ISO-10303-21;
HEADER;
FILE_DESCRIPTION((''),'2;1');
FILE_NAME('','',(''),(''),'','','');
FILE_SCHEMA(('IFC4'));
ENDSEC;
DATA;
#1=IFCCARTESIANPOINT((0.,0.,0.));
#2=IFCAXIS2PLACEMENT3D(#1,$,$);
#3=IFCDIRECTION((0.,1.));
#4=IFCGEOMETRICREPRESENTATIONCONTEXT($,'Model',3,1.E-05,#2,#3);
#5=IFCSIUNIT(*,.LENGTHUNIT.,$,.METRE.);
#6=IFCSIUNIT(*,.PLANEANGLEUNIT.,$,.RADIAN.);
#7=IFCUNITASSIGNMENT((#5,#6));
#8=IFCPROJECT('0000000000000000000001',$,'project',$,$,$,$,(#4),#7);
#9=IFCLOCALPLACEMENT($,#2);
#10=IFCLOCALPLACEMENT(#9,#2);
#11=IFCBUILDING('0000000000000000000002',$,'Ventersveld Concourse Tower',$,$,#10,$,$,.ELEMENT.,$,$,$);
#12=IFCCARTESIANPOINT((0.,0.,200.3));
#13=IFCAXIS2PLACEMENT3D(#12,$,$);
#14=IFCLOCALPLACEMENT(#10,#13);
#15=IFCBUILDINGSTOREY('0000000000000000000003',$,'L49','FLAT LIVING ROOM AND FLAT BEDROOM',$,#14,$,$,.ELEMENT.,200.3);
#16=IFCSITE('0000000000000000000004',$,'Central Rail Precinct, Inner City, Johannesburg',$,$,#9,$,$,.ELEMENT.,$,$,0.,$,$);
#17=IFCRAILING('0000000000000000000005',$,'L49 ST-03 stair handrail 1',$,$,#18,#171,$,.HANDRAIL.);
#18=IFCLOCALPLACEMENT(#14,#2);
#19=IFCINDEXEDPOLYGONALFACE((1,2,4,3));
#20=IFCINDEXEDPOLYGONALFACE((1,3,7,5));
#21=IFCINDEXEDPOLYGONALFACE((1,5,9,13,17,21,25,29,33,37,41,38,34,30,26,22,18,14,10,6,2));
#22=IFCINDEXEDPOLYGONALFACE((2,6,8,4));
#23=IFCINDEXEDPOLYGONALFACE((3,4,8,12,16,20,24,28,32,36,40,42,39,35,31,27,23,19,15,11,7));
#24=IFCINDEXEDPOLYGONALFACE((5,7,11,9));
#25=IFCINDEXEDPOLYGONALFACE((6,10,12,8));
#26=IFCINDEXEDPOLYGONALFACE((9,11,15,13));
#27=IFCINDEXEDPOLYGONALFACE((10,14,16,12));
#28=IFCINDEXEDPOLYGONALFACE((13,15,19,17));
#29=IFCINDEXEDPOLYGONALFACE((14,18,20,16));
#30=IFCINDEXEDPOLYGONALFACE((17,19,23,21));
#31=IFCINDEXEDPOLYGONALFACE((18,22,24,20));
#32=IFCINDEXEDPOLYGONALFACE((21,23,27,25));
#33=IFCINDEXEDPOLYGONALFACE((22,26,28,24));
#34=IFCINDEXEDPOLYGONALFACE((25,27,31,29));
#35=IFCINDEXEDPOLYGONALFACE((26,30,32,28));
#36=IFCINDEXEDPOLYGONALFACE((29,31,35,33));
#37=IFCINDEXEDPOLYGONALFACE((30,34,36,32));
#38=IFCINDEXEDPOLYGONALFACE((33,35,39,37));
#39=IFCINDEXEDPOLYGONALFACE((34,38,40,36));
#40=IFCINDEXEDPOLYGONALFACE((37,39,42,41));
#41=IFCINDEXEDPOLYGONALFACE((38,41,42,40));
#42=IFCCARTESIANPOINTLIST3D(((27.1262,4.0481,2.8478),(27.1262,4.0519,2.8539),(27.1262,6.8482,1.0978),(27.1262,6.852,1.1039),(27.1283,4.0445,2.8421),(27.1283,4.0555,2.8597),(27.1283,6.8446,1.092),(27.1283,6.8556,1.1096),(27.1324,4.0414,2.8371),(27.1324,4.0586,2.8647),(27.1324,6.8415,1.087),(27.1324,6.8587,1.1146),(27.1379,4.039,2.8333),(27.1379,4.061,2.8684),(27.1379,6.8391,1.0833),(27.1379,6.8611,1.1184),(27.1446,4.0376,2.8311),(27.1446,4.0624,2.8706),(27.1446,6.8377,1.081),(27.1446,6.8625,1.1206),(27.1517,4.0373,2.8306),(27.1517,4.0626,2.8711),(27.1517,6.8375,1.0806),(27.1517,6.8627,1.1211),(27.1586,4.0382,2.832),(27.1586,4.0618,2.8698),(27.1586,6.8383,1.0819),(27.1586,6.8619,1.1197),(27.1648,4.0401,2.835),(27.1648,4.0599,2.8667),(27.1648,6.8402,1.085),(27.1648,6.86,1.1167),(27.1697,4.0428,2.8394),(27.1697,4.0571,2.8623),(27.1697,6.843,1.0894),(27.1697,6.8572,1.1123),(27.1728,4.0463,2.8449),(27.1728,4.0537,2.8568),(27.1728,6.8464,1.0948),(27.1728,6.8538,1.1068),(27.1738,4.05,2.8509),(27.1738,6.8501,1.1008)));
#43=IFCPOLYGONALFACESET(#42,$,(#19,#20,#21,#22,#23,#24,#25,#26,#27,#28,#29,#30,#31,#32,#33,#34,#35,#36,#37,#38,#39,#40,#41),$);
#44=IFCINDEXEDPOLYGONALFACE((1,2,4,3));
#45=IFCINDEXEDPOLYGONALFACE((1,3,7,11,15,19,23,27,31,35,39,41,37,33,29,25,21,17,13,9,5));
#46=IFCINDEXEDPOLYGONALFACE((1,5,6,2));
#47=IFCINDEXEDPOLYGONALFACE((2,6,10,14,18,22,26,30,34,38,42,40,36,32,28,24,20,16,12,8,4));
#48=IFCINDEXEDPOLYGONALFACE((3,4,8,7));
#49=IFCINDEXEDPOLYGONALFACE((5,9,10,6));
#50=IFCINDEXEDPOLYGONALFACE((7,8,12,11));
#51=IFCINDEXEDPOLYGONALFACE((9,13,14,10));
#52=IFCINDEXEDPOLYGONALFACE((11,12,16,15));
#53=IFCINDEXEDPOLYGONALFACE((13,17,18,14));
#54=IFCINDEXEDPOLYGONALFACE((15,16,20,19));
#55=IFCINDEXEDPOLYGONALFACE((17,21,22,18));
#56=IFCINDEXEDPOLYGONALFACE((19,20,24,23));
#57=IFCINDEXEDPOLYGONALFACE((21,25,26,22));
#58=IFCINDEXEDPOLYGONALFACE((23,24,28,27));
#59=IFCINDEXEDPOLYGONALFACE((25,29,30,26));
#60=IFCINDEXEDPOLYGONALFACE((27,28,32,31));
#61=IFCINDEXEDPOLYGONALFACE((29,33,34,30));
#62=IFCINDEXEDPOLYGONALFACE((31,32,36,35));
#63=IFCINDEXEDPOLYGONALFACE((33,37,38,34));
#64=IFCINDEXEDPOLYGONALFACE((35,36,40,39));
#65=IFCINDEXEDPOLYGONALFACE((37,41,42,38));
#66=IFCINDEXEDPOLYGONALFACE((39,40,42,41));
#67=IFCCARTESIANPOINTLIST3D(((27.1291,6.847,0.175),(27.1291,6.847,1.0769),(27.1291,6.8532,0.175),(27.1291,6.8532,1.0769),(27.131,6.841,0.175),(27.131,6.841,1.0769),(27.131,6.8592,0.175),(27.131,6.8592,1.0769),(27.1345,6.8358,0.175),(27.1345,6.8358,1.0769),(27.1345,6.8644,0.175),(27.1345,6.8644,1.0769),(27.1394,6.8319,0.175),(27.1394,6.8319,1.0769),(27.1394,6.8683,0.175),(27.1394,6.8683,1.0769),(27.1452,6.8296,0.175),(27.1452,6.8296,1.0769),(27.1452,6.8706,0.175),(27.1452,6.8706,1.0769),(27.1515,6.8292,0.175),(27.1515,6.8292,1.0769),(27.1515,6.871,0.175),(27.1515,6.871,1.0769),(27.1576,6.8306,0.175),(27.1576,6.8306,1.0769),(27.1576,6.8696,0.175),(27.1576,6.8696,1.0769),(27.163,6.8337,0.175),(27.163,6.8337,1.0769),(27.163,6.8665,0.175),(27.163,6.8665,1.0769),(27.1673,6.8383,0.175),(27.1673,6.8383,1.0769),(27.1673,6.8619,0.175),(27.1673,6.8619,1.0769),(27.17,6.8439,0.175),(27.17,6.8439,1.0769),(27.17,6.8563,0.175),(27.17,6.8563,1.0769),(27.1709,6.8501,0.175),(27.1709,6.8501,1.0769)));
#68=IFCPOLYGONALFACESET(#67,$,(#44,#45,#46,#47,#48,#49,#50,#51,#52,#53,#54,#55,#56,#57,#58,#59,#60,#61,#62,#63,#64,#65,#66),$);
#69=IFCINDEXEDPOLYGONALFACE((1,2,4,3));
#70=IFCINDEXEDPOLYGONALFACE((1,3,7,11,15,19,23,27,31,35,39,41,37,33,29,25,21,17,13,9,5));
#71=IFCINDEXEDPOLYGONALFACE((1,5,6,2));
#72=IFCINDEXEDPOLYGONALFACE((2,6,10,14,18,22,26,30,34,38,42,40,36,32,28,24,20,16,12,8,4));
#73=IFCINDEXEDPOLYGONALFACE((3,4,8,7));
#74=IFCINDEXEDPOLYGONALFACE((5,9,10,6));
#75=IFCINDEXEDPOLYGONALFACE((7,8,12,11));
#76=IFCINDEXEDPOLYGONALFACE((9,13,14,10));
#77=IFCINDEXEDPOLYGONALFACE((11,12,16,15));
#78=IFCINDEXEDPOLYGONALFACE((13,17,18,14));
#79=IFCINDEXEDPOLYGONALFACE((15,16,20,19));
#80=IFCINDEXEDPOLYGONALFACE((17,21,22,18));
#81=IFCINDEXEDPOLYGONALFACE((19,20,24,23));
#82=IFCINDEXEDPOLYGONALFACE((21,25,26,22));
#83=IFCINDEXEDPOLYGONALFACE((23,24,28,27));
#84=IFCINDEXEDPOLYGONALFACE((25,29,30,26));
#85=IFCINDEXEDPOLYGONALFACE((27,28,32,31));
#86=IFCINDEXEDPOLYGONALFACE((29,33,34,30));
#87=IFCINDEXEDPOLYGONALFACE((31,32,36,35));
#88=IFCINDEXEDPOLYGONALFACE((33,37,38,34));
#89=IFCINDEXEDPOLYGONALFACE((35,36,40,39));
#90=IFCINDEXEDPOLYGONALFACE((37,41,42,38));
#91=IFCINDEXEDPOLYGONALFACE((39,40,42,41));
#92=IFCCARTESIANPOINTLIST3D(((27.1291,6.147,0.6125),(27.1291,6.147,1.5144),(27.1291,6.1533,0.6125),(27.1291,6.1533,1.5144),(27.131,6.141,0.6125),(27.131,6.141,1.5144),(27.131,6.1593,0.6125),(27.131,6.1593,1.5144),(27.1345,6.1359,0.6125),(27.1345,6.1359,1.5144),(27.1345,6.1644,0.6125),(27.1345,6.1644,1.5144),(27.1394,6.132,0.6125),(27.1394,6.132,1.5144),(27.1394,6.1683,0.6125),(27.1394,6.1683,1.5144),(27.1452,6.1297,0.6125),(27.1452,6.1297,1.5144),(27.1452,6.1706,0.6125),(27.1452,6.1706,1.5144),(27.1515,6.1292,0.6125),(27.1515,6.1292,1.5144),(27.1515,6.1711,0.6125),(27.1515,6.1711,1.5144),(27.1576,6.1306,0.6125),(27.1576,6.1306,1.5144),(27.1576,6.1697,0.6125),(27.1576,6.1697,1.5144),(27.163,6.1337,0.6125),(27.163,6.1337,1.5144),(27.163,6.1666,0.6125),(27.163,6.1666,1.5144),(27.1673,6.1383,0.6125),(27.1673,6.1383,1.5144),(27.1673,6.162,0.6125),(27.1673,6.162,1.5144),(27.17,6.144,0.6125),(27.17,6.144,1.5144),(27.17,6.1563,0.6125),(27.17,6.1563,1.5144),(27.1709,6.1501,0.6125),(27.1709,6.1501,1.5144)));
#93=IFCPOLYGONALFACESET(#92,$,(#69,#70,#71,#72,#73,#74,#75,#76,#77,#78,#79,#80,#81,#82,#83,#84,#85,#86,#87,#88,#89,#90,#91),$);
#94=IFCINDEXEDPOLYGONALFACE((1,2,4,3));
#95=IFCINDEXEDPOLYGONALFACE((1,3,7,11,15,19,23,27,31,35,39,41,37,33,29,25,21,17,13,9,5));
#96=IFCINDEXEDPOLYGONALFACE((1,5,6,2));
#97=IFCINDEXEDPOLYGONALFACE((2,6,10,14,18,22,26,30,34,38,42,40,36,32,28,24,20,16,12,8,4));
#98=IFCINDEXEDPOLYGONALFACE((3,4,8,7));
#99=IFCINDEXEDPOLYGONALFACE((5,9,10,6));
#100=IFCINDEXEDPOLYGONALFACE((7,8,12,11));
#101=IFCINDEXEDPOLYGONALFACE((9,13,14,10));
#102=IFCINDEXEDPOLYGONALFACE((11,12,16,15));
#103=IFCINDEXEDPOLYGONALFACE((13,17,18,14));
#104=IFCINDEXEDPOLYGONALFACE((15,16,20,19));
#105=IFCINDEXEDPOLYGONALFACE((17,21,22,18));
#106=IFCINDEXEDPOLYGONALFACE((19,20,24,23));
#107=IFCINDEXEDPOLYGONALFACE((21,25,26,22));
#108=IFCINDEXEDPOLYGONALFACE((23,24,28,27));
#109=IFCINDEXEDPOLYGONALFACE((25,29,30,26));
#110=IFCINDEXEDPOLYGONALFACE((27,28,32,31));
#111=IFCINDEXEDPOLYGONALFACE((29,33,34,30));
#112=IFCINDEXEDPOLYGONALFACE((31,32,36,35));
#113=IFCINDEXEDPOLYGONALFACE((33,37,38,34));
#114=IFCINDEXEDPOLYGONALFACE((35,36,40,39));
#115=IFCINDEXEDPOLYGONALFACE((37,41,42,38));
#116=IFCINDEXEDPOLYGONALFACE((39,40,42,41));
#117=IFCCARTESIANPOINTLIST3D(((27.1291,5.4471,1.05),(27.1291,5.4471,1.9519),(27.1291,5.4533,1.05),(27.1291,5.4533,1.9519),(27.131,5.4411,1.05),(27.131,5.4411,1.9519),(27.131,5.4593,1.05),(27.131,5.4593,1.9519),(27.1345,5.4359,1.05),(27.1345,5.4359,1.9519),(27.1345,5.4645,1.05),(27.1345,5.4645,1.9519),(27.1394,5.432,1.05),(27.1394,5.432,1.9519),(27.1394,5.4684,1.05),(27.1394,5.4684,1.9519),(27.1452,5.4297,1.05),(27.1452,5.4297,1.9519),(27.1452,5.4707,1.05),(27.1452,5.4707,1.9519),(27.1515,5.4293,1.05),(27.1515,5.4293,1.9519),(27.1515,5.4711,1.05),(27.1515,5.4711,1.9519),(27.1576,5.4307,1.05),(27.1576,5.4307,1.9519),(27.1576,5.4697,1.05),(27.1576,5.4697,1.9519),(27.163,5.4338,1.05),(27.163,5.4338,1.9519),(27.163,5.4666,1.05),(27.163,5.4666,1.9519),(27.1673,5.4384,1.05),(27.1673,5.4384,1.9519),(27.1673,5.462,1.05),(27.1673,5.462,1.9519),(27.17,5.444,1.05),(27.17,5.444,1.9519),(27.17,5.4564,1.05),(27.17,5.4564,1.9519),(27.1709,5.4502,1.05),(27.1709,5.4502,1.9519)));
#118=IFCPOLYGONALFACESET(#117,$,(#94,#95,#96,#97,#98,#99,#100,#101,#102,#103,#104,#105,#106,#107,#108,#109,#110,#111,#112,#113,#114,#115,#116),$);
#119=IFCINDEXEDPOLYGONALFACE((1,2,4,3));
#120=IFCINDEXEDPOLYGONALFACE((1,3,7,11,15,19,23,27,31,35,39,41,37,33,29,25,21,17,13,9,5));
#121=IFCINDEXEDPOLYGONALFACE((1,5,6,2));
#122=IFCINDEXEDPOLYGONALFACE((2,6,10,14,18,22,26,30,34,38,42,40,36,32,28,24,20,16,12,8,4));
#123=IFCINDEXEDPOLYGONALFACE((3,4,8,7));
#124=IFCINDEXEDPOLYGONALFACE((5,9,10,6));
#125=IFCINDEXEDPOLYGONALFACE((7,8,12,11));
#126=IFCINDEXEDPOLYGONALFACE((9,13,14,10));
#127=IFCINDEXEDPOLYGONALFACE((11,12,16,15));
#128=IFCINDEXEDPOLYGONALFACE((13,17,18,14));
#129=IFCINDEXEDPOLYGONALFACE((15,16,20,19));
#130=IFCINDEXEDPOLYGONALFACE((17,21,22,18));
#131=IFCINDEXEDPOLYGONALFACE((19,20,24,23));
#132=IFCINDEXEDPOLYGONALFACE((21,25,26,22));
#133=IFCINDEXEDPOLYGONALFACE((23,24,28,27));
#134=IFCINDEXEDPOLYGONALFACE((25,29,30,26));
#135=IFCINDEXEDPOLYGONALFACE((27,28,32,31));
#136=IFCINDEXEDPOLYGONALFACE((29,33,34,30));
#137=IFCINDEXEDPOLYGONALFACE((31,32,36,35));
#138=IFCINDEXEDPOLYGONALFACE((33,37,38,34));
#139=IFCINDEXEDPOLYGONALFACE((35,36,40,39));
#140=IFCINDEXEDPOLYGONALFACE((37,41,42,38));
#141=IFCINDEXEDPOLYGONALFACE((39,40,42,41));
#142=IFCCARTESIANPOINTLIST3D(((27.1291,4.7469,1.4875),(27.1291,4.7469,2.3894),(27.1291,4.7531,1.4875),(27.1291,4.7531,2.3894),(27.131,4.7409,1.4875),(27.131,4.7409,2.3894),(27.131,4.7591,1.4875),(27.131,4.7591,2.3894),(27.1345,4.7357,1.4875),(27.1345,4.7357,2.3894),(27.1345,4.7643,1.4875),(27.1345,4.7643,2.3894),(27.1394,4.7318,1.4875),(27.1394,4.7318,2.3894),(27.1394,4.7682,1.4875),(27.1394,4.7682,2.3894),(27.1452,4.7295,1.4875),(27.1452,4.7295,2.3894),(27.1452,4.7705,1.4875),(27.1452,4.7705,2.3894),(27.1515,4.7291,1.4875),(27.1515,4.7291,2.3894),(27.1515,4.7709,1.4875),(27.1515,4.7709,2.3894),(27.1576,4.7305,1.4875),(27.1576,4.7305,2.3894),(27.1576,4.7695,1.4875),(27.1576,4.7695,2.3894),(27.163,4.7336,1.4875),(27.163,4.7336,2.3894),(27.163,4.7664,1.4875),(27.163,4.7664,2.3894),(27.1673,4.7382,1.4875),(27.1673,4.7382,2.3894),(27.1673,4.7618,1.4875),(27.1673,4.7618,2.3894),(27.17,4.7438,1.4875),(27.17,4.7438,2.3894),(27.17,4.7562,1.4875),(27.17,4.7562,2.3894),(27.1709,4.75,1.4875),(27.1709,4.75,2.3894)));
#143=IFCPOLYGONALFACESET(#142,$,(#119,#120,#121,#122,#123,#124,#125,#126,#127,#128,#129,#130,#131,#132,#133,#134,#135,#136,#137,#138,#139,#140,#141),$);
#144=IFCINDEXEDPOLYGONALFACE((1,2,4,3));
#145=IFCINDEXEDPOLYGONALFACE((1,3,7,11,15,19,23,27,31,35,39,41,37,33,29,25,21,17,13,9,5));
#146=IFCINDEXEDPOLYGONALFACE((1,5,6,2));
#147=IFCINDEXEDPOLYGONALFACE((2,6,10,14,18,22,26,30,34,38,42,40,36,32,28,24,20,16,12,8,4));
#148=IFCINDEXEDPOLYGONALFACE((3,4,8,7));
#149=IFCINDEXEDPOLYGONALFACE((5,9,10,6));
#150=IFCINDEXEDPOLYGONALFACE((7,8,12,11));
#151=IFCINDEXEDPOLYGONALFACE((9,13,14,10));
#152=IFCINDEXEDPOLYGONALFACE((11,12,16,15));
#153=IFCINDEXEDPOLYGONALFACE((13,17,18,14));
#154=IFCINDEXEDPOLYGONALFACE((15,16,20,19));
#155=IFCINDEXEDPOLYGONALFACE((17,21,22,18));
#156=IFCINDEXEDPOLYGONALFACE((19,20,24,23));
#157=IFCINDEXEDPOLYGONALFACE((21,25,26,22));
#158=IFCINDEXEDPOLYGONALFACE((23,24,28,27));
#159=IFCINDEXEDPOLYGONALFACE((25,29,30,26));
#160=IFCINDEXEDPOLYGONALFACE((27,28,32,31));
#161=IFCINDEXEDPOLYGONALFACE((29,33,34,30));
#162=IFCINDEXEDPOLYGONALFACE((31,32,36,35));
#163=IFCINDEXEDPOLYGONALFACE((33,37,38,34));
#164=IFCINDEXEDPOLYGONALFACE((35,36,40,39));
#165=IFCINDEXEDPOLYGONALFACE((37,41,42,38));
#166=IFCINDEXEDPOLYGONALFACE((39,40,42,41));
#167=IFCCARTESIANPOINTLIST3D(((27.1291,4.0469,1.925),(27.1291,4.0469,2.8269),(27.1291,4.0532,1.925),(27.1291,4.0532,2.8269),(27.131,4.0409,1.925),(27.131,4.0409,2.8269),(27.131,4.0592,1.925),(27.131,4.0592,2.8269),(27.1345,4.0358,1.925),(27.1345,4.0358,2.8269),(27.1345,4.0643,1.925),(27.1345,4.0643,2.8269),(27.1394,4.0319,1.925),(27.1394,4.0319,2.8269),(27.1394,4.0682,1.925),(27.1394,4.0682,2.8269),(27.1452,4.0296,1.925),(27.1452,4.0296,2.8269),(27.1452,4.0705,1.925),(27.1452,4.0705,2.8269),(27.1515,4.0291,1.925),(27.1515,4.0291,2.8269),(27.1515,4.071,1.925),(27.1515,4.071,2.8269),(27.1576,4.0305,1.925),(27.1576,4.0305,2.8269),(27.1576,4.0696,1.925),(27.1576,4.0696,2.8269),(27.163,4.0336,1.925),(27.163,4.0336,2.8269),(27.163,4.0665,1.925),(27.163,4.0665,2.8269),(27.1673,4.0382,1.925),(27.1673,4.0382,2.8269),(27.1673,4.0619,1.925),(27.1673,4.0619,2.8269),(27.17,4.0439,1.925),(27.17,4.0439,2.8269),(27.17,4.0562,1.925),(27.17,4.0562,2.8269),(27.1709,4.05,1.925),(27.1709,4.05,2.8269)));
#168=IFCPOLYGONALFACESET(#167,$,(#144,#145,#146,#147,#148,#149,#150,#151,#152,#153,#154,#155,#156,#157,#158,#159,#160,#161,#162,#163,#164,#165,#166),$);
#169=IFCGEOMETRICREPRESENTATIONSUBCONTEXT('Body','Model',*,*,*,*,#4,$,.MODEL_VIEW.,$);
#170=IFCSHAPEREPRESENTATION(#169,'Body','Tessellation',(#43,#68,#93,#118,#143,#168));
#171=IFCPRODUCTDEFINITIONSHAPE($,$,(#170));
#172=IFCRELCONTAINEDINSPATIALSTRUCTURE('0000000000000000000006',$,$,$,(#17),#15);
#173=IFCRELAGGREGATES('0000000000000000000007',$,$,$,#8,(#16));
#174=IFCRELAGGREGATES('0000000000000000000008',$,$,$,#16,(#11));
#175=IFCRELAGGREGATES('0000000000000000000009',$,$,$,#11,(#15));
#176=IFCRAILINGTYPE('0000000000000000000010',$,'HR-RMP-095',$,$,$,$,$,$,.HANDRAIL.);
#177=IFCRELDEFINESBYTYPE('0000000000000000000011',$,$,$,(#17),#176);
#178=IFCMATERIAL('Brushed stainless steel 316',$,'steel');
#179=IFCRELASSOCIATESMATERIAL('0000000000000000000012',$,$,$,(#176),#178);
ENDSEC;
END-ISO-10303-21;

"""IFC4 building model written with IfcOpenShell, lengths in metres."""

from ifc_helpers import new_model, si_unit, direction, frame, origin, origin_2d, place, context, subcontext, project, spatial, circle, extrude, material, type_object, element, save


model = new_model("IFC4")

# Units and contexts
model_context = context("Model", 3, precision=1e-05, world=origin(), true_north=direction((0.0, 1.0)))
body_context = subcontext(model_context, "Body", "Model", "MODEL_VIEW")
ifc_project = project(units=[si_unit("LENGTHUNIT", "METRE"), si_unit("PLANEANGLEUNIT", "RADIAN")], contexts=[model_context])

# Site, building, storey
site_placement = place(None, origin())
site = spatial("IfcSite", under=ifc_project, at=site_placement, Name="Central Rail Precinct, Inner City, Johannesburg", CompositionType="ELEMENT", RefElevation=0.0)
building_placement = place(site_placement, origin())
building = spatial("IfcBuilding", under=site, at=building_placement, Name="Ventersveld Concourse Tower", CompositionType="ELEMENT")
storey_placement = place(building_placement, frame((0.0, 0.0, 200.3)))
storey = spatial("IfcBuildingStorey", under=building, at=storey_placement, Name="L49", Description="FLAT LIVING ROOM AND FLAT BEDROOM", CompositionType="ELEMENT", Elevation=200.3)

# Railing
ifc_material_1 = material(Name="Brushed stainless steel 316", Category="steel")
railing_type = type_object("IfcRailingType", Name="HR-RMP-095", PredefinedType="HANDRAIL", material=ifc_material_1)
railing_placement = place(storey_placement, frame((27.1499, 6.8501, 0.175)))
element("IfcRailing", 1, at=railing_placement, inside=storey, type_object=railing_type, Name="L49 ST-03 stair handrail 1", PredefinedType="HANDRAIL", context=body_context, shape_type="SweptSolid", body=[
    extrude(circle(Radius=0.0239, at=origin_2d()), frame((0.0, 0.0, 0.9258), z_axis=(0.0, -0.848002, 0.529992), x_axis=(1.0, 0.0, 0.0)), (0.0, 0.0, 1.0), 3.302),
    extrude(circle(Radius=0.021, at=origin_2d()), origin(), (0.0, 0.0, 1.0), 0.9019),
    extrude(circle(Radius=0.021, at=origin_2d()), frame((0.0, -0.7, 0.4375)), (0.0, 0.0, 1.0), 0.9019),
    extrude(circle(Radius=0.021, at=origin_2d()), frame((0.0, -1.3999, 0.875)), (0.0, 0.0, 1.0), 0.9019),
    extrude(circle(Radius=0.021, at=origin_2d()), frame((0.0, -2.1001, 1.3125)), (0.0, 0.0, 1.0), 0.9019),
    extrude(circle(Radius=0.021, at=origin_2d()), frame((0.0, -2.8, 1.75)), (0.0, 0.0, 1.0), 0.9019),
])

save(model, "model.ifc")
